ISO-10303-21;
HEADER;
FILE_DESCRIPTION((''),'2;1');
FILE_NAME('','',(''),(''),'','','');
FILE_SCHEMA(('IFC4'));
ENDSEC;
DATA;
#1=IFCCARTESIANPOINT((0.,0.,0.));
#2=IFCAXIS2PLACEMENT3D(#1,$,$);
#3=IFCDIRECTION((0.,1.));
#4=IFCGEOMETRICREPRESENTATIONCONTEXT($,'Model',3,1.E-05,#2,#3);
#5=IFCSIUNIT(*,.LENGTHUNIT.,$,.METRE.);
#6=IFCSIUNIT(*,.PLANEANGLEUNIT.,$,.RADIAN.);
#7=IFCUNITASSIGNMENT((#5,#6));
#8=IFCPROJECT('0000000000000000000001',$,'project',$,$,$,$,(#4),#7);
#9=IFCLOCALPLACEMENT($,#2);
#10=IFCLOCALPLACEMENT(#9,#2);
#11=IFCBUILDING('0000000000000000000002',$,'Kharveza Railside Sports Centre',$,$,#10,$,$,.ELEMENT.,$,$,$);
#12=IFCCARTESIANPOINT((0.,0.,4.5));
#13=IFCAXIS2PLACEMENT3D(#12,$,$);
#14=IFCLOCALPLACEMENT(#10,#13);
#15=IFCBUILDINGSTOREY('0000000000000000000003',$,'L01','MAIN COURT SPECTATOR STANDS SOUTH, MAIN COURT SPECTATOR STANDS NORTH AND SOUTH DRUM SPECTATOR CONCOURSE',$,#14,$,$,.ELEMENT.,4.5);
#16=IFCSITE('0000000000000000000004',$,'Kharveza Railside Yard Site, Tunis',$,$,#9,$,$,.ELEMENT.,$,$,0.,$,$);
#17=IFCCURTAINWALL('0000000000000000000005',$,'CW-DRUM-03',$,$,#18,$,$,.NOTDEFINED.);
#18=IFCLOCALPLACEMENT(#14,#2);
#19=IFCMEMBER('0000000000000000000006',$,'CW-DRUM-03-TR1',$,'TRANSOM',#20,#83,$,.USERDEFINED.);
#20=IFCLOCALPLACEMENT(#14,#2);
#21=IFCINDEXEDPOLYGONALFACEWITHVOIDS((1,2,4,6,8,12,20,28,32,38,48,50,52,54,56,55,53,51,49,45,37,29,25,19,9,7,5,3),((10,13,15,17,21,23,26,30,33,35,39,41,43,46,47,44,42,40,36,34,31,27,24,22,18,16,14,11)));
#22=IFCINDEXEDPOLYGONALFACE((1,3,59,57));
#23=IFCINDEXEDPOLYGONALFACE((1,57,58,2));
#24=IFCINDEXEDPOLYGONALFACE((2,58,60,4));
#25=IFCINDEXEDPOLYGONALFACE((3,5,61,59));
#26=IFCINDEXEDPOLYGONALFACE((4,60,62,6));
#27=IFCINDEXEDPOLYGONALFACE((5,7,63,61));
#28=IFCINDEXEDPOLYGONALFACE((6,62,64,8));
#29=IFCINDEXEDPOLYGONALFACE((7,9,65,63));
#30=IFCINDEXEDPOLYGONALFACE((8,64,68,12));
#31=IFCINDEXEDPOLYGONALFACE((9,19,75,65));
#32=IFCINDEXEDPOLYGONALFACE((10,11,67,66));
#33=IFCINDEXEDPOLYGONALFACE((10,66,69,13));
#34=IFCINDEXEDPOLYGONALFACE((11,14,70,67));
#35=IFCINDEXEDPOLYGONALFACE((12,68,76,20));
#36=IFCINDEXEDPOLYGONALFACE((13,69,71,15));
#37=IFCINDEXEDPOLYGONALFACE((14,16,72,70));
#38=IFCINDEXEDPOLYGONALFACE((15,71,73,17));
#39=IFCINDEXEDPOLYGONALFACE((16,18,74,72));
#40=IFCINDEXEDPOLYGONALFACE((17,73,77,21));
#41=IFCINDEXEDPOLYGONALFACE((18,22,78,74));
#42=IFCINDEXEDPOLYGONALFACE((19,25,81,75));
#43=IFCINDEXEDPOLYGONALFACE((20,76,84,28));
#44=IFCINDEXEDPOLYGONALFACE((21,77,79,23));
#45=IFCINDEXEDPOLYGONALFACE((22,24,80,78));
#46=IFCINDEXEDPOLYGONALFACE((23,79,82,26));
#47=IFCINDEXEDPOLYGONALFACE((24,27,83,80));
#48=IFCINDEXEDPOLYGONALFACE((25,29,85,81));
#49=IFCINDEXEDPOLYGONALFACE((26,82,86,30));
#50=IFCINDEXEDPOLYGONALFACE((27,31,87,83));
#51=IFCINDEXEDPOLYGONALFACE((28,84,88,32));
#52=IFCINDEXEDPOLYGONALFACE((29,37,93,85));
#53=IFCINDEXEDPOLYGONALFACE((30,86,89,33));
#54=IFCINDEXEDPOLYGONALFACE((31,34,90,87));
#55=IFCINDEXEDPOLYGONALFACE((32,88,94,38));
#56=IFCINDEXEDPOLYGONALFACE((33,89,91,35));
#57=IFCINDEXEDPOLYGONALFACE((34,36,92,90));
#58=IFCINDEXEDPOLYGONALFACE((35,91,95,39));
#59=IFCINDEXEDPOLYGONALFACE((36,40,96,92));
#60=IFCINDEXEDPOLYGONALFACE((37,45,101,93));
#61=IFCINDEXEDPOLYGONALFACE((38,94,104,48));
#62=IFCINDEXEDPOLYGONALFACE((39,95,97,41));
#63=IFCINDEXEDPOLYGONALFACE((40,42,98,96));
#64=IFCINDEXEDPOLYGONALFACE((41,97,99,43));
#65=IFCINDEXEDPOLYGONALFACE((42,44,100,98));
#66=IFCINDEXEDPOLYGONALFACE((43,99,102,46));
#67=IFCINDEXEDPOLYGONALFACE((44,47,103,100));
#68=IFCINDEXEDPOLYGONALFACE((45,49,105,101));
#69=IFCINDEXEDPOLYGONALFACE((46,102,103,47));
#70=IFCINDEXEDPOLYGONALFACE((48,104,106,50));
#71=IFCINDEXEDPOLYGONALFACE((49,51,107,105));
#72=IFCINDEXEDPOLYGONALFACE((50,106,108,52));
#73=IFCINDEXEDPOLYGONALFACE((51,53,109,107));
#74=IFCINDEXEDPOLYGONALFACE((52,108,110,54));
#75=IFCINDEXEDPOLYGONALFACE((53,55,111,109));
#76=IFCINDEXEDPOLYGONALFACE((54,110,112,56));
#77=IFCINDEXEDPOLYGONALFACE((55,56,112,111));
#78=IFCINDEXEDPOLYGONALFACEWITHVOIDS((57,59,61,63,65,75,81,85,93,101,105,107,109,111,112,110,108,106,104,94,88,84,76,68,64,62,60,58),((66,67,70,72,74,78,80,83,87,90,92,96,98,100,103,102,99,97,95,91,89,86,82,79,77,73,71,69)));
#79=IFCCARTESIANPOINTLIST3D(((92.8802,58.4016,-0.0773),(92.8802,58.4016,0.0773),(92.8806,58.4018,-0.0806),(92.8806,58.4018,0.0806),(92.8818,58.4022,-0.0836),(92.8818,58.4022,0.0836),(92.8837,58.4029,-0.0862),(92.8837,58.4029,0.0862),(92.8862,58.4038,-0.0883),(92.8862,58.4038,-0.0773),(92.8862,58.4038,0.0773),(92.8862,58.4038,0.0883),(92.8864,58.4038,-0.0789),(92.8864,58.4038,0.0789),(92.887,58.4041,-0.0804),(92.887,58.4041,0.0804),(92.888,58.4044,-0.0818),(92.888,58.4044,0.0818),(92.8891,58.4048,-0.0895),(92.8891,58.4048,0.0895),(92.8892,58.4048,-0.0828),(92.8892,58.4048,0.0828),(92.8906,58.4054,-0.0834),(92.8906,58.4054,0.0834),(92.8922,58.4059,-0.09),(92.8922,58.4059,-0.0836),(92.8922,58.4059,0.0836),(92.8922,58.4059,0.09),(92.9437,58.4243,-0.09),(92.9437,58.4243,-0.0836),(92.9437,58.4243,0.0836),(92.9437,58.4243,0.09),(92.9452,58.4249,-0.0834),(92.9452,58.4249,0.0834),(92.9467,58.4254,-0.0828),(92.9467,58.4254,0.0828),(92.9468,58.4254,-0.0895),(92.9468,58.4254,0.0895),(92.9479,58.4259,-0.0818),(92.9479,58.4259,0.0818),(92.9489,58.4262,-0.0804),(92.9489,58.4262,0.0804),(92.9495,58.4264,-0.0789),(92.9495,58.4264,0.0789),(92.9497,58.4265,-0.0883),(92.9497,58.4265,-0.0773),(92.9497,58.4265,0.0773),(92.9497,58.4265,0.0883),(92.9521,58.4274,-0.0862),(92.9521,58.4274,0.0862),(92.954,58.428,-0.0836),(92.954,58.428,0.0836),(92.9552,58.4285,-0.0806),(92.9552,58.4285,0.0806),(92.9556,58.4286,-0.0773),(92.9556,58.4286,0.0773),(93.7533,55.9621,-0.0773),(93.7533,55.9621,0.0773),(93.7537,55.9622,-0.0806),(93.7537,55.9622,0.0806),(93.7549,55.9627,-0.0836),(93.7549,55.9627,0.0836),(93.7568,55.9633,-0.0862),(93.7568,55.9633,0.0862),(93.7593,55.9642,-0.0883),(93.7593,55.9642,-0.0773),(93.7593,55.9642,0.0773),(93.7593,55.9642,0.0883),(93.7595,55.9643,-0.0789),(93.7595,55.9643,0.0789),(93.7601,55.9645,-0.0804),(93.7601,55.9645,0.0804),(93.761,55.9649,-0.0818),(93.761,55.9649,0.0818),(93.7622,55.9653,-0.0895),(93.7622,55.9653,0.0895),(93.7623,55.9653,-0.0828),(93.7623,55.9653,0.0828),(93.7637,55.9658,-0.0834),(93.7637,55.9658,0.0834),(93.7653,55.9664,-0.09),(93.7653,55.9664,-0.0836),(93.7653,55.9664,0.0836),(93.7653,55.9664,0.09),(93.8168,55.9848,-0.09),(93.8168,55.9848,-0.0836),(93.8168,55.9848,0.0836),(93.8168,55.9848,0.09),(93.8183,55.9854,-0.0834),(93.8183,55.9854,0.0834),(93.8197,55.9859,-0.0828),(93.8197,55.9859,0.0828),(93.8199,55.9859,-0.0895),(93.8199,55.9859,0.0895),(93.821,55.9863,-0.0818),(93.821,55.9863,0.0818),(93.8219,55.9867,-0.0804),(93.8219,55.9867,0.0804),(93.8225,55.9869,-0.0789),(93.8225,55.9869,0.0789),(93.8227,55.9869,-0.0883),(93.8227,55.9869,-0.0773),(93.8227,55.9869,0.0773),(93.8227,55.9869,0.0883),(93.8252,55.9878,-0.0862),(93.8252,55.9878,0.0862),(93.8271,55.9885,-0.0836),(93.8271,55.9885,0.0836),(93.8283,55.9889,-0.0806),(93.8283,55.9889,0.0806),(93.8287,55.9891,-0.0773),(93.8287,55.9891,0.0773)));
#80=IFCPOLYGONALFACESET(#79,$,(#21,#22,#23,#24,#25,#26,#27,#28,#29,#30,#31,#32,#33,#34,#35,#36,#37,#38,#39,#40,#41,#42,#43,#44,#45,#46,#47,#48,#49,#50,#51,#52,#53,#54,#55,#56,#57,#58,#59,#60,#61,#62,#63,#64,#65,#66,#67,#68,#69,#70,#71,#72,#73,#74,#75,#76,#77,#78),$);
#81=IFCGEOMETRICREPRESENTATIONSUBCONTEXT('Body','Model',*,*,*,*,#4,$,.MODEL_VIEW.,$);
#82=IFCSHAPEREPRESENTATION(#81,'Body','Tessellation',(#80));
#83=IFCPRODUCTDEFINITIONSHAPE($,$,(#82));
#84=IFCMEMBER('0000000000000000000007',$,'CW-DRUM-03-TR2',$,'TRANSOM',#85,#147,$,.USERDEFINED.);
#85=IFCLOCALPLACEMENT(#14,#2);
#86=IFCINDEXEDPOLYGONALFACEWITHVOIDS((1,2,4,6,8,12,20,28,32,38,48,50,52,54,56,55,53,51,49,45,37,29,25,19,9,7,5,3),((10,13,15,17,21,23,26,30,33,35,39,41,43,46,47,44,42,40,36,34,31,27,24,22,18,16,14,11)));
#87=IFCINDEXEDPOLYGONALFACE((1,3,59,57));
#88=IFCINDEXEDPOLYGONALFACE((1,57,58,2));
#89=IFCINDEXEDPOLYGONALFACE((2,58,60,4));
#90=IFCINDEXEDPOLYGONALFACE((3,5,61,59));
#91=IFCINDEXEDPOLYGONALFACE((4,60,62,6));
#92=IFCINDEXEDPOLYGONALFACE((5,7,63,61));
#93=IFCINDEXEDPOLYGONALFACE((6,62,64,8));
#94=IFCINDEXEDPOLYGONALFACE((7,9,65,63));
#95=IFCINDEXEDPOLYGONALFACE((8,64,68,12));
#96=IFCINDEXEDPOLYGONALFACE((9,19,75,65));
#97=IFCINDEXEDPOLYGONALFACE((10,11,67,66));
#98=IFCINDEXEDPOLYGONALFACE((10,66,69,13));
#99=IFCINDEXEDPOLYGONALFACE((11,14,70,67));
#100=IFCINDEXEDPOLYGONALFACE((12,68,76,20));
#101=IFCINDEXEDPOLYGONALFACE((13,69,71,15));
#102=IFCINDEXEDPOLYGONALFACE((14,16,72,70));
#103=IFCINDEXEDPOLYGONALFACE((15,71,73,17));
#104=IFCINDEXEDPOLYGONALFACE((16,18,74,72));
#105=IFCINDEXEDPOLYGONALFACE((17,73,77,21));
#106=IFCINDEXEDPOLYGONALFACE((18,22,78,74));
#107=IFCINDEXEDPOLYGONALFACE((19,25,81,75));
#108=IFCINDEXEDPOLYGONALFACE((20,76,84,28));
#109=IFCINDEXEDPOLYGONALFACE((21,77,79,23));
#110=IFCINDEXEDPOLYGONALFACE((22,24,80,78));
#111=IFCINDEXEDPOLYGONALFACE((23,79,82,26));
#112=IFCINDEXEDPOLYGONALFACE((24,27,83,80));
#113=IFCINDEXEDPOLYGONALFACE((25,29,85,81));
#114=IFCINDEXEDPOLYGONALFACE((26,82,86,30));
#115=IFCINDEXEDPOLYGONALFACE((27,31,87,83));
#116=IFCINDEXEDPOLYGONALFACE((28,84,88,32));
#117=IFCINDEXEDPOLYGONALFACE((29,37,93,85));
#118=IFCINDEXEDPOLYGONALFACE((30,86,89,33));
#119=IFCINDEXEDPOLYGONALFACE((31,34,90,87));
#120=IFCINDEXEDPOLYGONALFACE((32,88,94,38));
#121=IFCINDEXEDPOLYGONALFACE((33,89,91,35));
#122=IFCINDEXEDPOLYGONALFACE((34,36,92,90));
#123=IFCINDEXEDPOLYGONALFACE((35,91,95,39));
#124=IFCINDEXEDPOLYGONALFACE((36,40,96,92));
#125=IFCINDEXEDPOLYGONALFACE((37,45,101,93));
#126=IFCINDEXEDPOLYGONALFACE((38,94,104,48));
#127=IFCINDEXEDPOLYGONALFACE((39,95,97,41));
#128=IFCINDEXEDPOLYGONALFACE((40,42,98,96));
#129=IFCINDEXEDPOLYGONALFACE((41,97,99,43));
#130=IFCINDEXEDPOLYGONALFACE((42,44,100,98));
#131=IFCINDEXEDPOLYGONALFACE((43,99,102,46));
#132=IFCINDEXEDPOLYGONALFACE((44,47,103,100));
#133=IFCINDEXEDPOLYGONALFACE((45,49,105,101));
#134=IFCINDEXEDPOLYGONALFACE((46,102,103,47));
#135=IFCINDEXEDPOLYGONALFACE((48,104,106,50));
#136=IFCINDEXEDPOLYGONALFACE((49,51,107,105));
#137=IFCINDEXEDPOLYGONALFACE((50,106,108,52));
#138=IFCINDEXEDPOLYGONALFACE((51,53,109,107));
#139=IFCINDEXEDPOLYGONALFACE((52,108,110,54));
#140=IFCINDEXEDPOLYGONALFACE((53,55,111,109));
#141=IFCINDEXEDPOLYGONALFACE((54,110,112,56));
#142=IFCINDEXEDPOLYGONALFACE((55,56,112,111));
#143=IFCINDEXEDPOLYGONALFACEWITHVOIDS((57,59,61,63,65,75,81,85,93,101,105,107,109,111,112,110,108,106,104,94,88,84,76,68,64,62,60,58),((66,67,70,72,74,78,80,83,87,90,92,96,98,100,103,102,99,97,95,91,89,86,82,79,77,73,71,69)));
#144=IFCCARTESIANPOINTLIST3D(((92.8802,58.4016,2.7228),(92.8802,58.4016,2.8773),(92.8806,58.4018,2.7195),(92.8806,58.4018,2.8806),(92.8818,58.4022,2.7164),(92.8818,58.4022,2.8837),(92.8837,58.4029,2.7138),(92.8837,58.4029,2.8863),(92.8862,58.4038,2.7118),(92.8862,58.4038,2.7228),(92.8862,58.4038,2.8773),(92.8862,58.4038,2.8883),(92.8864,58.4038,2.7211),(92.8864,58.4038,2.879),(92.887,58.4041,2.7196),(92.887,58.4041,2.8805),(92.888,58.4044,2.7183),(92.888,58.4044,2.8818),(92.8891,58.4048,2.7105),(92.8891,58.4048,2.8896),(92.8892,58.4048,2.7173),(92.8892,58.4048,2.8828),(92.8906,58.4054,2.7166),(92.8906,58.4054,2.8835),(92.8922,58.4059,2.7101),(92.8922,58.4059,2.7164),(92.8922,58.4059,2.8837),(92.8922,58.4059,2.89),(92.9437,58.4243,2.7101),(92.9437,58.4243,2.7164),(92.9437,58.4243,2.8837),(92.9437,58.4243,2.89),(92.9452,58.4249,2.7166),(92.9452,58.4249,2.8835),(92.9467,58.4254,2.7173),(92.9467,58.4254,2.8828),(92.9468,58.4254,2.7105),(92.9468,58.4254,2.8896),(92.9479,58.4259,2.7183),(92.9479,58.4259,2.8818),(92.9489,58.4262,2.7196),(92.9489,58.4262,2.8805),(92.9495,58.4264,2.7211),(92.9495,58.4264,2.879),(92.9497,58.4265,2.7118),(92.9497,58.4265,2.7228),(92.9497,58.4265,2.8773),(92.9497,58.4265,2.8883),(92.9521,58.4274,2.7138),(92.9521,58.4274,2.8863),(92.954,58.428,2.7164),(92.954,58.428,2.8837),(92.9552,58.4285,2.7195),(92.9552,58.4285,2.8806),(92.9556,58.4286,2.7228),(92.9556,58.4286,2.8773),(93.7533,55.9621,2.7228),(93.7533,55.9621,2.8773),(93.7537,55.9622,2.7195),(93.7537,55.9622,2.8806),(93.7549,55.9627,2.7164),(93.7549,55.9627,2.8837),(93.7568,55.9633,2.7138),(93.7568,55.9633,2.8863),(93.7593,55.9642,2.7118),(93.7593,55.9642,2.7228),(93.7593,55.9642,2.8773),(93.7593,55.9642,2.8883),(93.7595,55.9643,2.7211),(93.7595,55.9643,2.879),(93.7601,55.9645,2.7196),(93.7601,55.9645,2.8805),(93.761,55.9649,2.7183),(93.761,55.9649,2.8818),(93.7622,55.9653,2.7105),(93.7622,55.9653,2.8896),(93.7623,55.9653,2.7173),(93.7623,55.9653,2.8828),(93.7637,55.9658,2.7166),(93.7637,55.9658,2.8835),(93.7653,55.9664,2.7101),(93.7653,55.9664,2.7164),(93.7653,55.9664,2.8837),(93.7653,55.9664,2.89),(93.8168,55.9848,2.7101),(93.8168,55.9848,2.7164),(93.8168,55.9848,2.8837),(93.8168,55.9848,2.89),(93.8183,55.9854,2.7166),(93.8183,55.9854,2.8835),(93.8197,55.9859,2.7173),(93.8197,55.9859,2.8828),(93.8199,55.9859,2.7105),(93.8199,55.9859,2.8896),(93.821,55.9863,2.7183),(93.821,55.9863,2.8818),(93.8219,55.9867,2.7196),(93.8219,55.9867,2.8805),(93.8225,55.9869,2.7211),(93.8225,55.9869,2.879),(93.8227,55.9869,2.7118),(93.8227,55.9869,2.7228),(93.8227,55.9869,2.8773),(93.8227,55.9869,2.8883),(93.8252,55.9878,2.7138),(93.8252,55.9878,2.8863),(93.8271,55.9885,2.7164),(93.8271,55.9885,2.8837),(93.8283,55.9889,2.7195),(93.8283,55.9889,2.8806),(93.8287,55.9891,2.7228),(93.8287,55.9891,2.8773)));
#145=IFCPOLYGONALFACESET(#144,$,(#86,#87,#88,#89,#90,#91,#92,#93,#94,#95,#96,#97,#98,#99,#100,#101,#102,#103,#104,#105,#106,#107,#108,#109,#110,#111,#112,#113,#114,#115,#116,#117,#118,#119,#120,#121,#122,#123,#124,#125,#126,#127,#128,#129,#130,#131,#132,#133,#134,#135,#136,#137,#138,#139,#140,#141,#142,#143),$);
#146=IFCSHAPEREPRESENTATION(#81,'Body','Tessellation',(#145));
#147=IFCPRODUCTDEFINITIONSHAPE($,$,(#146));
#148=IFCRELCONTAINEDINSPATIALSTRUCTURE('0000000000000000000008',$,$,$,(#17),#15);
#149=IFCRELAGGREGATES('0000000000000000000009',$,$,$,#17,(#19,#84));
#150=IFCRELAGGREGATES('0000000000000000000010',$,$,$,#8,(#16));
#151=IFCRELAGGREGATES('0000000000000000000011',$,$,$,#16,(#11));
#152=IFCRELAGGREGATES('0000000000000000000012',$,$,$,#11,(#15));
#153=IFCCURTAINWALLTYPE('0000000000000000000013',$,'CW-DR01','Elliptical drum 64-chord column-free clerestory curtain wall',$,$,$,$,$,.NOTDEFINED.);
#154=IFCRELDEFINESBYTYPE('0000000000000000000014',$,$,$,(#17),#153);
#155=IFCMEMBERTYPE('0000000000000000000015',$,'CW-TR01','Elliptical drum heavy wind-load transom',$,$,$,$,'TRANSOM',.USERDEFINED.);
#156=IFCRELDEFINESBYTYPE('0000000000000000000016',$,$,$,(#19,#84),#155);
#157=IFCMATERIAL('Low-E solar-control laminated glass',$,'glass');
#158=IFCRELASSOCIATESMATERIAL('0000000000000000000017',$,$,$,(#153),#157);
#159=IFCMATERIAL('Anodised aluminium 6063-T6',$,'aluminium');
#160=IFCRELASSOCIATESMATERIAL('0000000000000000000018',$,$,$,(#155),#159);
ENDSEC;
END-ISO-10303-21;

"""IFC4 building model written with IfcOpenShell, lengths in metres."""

from ifc_helpers import new_model, si_unit, direction, frame, origin, origin_2d, place, context, subcontext, project, spatial, hollow_rectangle, extrude, material, material_profile, profile_set, type_object, element, aggregate, save


model = new_model("IFC4")

# Units and contexts
model_context = context("Model", 3, precision=1e-05, world=origin(), true_north=direction((0.0, 1.0)))
body_context = subcontext(model_context, "Body", "Model", "MODEL_VIEW")
ifc_project = project(units=[si_unit("LENGTHUNIT", "METRE"), si_unit("PLANEANGLEUNIT", "RADIAN")], contexts=[model_context])

# Site, building, storey
site_placement = place(None, origin())
site = spatial("IfcSite", under=ifc_project, at=site_placement, Name="Kharveza Railside Yard Site, Tunis", CompositionType="ELEMENT", RefElevation=0.0)
building_placement = place(site_placement, origin())
building = spatial("IfcBuilding", under=site, at=building_placement, Name="Kharveza Railside Sports Centre", CompositionType="ELEMENT")
storey_placement = place(building_placement, frame((0.0, 0.0, 4.5)))
storey = spatial("IfcBuildingStorey", under=building, at=storey_placement, Name="L01", Description="MAIN COURT SPECTATOR STANDS SOUTH, MAIN COURT SPECTATOR STANDS NORTH AND SOUTH DRUM SPECTATOR CONCOURSE", CompositionType="ELEMENT", Elevation=4.5)

# Shared definitions
ifc_material_1 = material(Name="Low-E solar-control laminated glass", Category="glass")
curtain_wall_type = type_object("IfcCurtainWallType", Name="CW-DR01", Description="Elliptical drum 64-chord column-free clerestory curtain wall", PredefinedType="NOTDEFINED", material=ifc_material_1)
ifc_material_2 = material(Name="Anodised aluminium 6063-T6", Category="aluminium")

# Curtain wall
curtain_wall_1_placement = place(storey_placement, origin())
curtain_wall_1 = element("IfcCurtainWall", 1, at=curtain_wall_1_placement, inside=storey, type_object=curtain_wall_type, Name="CW-DRUM-03", PredefinedType="NOTDEFINED")

# Members
ifc_material_profile_1 = material_profile(ifc_material_2, hollow_rectangle(XDim=0.0801, YDim=0.1799, WallThickness=0.0063, InnerFilletRadius=0.0063, OuterFilletRadius=0.0127, at=origin_2d()), Name="RHS 80x180x6.3")
ifc_profile_set_1 = profile_set([ifc_material_profile_1], Name="Anodised aluminium 6063-T6")
member_type_1 = type_object("IfcMemberType", Name="CW-TR01", Description="Elliptical drum heavy wind-load transom", ElementType="TRANSOM", PredefinedType="USERDEFINED", material=ifc_profile_set_1)
member_1_placement = place(storey_placement, frame((93.791, 55.9756, 0.0), z_axis=(-0.336957, 0.94152, 0.0), x_axis=(-0.94152, -0.336957, 0.0)))
member_1 = element("IfcMember", 2, at=member_1_placement, type_object=member_type_1, Name="CW-DRUM-03-TR1", ObjectType="TRANSOM", PredefinedType="USERDEFINED", context=body_context, shape_type="SweptSolid", body=[
    extrude(hollow_rectangle(XDim=0.0801, YDim=0.1799, WallThickness=0.0063, InnerFilletRadius=0.0063, OuterFilletRadius=0.0127, at=origin_2d()), origin(), (0.0, 0.0, 1.0), 2.5911),
])
member_2_placement = place(storey_placement, frame((93.791, 55.9756, 2.8), z_axis=(-0.336957, 0.94152, 0.0), x_axis=(-0.94152, -0.336957, 0.0)))
member_2 = element("IfcMember", 3, at=member_2_placement, type_object=member_type_1, Name="CW-DRUM-03-TR2", ObjectType="TRANSOM", PredefinedType="USERDEFINED", context=body_context, shape_type="SweptSolid", body=[
    extrude(hollow_rectangle(XDim=0.0801, YDim=0.1799, WallThickness=0.0063, InnerFilletRadius=0.0063, OuterFilletRadius=0.0127, at=origin_2d()), origin(), (0.0, 0.0, 1.0), 2.5911),
])

aggregate(curtain_wall_1, [member_1, member_2])

save(model, "model.ifc")
